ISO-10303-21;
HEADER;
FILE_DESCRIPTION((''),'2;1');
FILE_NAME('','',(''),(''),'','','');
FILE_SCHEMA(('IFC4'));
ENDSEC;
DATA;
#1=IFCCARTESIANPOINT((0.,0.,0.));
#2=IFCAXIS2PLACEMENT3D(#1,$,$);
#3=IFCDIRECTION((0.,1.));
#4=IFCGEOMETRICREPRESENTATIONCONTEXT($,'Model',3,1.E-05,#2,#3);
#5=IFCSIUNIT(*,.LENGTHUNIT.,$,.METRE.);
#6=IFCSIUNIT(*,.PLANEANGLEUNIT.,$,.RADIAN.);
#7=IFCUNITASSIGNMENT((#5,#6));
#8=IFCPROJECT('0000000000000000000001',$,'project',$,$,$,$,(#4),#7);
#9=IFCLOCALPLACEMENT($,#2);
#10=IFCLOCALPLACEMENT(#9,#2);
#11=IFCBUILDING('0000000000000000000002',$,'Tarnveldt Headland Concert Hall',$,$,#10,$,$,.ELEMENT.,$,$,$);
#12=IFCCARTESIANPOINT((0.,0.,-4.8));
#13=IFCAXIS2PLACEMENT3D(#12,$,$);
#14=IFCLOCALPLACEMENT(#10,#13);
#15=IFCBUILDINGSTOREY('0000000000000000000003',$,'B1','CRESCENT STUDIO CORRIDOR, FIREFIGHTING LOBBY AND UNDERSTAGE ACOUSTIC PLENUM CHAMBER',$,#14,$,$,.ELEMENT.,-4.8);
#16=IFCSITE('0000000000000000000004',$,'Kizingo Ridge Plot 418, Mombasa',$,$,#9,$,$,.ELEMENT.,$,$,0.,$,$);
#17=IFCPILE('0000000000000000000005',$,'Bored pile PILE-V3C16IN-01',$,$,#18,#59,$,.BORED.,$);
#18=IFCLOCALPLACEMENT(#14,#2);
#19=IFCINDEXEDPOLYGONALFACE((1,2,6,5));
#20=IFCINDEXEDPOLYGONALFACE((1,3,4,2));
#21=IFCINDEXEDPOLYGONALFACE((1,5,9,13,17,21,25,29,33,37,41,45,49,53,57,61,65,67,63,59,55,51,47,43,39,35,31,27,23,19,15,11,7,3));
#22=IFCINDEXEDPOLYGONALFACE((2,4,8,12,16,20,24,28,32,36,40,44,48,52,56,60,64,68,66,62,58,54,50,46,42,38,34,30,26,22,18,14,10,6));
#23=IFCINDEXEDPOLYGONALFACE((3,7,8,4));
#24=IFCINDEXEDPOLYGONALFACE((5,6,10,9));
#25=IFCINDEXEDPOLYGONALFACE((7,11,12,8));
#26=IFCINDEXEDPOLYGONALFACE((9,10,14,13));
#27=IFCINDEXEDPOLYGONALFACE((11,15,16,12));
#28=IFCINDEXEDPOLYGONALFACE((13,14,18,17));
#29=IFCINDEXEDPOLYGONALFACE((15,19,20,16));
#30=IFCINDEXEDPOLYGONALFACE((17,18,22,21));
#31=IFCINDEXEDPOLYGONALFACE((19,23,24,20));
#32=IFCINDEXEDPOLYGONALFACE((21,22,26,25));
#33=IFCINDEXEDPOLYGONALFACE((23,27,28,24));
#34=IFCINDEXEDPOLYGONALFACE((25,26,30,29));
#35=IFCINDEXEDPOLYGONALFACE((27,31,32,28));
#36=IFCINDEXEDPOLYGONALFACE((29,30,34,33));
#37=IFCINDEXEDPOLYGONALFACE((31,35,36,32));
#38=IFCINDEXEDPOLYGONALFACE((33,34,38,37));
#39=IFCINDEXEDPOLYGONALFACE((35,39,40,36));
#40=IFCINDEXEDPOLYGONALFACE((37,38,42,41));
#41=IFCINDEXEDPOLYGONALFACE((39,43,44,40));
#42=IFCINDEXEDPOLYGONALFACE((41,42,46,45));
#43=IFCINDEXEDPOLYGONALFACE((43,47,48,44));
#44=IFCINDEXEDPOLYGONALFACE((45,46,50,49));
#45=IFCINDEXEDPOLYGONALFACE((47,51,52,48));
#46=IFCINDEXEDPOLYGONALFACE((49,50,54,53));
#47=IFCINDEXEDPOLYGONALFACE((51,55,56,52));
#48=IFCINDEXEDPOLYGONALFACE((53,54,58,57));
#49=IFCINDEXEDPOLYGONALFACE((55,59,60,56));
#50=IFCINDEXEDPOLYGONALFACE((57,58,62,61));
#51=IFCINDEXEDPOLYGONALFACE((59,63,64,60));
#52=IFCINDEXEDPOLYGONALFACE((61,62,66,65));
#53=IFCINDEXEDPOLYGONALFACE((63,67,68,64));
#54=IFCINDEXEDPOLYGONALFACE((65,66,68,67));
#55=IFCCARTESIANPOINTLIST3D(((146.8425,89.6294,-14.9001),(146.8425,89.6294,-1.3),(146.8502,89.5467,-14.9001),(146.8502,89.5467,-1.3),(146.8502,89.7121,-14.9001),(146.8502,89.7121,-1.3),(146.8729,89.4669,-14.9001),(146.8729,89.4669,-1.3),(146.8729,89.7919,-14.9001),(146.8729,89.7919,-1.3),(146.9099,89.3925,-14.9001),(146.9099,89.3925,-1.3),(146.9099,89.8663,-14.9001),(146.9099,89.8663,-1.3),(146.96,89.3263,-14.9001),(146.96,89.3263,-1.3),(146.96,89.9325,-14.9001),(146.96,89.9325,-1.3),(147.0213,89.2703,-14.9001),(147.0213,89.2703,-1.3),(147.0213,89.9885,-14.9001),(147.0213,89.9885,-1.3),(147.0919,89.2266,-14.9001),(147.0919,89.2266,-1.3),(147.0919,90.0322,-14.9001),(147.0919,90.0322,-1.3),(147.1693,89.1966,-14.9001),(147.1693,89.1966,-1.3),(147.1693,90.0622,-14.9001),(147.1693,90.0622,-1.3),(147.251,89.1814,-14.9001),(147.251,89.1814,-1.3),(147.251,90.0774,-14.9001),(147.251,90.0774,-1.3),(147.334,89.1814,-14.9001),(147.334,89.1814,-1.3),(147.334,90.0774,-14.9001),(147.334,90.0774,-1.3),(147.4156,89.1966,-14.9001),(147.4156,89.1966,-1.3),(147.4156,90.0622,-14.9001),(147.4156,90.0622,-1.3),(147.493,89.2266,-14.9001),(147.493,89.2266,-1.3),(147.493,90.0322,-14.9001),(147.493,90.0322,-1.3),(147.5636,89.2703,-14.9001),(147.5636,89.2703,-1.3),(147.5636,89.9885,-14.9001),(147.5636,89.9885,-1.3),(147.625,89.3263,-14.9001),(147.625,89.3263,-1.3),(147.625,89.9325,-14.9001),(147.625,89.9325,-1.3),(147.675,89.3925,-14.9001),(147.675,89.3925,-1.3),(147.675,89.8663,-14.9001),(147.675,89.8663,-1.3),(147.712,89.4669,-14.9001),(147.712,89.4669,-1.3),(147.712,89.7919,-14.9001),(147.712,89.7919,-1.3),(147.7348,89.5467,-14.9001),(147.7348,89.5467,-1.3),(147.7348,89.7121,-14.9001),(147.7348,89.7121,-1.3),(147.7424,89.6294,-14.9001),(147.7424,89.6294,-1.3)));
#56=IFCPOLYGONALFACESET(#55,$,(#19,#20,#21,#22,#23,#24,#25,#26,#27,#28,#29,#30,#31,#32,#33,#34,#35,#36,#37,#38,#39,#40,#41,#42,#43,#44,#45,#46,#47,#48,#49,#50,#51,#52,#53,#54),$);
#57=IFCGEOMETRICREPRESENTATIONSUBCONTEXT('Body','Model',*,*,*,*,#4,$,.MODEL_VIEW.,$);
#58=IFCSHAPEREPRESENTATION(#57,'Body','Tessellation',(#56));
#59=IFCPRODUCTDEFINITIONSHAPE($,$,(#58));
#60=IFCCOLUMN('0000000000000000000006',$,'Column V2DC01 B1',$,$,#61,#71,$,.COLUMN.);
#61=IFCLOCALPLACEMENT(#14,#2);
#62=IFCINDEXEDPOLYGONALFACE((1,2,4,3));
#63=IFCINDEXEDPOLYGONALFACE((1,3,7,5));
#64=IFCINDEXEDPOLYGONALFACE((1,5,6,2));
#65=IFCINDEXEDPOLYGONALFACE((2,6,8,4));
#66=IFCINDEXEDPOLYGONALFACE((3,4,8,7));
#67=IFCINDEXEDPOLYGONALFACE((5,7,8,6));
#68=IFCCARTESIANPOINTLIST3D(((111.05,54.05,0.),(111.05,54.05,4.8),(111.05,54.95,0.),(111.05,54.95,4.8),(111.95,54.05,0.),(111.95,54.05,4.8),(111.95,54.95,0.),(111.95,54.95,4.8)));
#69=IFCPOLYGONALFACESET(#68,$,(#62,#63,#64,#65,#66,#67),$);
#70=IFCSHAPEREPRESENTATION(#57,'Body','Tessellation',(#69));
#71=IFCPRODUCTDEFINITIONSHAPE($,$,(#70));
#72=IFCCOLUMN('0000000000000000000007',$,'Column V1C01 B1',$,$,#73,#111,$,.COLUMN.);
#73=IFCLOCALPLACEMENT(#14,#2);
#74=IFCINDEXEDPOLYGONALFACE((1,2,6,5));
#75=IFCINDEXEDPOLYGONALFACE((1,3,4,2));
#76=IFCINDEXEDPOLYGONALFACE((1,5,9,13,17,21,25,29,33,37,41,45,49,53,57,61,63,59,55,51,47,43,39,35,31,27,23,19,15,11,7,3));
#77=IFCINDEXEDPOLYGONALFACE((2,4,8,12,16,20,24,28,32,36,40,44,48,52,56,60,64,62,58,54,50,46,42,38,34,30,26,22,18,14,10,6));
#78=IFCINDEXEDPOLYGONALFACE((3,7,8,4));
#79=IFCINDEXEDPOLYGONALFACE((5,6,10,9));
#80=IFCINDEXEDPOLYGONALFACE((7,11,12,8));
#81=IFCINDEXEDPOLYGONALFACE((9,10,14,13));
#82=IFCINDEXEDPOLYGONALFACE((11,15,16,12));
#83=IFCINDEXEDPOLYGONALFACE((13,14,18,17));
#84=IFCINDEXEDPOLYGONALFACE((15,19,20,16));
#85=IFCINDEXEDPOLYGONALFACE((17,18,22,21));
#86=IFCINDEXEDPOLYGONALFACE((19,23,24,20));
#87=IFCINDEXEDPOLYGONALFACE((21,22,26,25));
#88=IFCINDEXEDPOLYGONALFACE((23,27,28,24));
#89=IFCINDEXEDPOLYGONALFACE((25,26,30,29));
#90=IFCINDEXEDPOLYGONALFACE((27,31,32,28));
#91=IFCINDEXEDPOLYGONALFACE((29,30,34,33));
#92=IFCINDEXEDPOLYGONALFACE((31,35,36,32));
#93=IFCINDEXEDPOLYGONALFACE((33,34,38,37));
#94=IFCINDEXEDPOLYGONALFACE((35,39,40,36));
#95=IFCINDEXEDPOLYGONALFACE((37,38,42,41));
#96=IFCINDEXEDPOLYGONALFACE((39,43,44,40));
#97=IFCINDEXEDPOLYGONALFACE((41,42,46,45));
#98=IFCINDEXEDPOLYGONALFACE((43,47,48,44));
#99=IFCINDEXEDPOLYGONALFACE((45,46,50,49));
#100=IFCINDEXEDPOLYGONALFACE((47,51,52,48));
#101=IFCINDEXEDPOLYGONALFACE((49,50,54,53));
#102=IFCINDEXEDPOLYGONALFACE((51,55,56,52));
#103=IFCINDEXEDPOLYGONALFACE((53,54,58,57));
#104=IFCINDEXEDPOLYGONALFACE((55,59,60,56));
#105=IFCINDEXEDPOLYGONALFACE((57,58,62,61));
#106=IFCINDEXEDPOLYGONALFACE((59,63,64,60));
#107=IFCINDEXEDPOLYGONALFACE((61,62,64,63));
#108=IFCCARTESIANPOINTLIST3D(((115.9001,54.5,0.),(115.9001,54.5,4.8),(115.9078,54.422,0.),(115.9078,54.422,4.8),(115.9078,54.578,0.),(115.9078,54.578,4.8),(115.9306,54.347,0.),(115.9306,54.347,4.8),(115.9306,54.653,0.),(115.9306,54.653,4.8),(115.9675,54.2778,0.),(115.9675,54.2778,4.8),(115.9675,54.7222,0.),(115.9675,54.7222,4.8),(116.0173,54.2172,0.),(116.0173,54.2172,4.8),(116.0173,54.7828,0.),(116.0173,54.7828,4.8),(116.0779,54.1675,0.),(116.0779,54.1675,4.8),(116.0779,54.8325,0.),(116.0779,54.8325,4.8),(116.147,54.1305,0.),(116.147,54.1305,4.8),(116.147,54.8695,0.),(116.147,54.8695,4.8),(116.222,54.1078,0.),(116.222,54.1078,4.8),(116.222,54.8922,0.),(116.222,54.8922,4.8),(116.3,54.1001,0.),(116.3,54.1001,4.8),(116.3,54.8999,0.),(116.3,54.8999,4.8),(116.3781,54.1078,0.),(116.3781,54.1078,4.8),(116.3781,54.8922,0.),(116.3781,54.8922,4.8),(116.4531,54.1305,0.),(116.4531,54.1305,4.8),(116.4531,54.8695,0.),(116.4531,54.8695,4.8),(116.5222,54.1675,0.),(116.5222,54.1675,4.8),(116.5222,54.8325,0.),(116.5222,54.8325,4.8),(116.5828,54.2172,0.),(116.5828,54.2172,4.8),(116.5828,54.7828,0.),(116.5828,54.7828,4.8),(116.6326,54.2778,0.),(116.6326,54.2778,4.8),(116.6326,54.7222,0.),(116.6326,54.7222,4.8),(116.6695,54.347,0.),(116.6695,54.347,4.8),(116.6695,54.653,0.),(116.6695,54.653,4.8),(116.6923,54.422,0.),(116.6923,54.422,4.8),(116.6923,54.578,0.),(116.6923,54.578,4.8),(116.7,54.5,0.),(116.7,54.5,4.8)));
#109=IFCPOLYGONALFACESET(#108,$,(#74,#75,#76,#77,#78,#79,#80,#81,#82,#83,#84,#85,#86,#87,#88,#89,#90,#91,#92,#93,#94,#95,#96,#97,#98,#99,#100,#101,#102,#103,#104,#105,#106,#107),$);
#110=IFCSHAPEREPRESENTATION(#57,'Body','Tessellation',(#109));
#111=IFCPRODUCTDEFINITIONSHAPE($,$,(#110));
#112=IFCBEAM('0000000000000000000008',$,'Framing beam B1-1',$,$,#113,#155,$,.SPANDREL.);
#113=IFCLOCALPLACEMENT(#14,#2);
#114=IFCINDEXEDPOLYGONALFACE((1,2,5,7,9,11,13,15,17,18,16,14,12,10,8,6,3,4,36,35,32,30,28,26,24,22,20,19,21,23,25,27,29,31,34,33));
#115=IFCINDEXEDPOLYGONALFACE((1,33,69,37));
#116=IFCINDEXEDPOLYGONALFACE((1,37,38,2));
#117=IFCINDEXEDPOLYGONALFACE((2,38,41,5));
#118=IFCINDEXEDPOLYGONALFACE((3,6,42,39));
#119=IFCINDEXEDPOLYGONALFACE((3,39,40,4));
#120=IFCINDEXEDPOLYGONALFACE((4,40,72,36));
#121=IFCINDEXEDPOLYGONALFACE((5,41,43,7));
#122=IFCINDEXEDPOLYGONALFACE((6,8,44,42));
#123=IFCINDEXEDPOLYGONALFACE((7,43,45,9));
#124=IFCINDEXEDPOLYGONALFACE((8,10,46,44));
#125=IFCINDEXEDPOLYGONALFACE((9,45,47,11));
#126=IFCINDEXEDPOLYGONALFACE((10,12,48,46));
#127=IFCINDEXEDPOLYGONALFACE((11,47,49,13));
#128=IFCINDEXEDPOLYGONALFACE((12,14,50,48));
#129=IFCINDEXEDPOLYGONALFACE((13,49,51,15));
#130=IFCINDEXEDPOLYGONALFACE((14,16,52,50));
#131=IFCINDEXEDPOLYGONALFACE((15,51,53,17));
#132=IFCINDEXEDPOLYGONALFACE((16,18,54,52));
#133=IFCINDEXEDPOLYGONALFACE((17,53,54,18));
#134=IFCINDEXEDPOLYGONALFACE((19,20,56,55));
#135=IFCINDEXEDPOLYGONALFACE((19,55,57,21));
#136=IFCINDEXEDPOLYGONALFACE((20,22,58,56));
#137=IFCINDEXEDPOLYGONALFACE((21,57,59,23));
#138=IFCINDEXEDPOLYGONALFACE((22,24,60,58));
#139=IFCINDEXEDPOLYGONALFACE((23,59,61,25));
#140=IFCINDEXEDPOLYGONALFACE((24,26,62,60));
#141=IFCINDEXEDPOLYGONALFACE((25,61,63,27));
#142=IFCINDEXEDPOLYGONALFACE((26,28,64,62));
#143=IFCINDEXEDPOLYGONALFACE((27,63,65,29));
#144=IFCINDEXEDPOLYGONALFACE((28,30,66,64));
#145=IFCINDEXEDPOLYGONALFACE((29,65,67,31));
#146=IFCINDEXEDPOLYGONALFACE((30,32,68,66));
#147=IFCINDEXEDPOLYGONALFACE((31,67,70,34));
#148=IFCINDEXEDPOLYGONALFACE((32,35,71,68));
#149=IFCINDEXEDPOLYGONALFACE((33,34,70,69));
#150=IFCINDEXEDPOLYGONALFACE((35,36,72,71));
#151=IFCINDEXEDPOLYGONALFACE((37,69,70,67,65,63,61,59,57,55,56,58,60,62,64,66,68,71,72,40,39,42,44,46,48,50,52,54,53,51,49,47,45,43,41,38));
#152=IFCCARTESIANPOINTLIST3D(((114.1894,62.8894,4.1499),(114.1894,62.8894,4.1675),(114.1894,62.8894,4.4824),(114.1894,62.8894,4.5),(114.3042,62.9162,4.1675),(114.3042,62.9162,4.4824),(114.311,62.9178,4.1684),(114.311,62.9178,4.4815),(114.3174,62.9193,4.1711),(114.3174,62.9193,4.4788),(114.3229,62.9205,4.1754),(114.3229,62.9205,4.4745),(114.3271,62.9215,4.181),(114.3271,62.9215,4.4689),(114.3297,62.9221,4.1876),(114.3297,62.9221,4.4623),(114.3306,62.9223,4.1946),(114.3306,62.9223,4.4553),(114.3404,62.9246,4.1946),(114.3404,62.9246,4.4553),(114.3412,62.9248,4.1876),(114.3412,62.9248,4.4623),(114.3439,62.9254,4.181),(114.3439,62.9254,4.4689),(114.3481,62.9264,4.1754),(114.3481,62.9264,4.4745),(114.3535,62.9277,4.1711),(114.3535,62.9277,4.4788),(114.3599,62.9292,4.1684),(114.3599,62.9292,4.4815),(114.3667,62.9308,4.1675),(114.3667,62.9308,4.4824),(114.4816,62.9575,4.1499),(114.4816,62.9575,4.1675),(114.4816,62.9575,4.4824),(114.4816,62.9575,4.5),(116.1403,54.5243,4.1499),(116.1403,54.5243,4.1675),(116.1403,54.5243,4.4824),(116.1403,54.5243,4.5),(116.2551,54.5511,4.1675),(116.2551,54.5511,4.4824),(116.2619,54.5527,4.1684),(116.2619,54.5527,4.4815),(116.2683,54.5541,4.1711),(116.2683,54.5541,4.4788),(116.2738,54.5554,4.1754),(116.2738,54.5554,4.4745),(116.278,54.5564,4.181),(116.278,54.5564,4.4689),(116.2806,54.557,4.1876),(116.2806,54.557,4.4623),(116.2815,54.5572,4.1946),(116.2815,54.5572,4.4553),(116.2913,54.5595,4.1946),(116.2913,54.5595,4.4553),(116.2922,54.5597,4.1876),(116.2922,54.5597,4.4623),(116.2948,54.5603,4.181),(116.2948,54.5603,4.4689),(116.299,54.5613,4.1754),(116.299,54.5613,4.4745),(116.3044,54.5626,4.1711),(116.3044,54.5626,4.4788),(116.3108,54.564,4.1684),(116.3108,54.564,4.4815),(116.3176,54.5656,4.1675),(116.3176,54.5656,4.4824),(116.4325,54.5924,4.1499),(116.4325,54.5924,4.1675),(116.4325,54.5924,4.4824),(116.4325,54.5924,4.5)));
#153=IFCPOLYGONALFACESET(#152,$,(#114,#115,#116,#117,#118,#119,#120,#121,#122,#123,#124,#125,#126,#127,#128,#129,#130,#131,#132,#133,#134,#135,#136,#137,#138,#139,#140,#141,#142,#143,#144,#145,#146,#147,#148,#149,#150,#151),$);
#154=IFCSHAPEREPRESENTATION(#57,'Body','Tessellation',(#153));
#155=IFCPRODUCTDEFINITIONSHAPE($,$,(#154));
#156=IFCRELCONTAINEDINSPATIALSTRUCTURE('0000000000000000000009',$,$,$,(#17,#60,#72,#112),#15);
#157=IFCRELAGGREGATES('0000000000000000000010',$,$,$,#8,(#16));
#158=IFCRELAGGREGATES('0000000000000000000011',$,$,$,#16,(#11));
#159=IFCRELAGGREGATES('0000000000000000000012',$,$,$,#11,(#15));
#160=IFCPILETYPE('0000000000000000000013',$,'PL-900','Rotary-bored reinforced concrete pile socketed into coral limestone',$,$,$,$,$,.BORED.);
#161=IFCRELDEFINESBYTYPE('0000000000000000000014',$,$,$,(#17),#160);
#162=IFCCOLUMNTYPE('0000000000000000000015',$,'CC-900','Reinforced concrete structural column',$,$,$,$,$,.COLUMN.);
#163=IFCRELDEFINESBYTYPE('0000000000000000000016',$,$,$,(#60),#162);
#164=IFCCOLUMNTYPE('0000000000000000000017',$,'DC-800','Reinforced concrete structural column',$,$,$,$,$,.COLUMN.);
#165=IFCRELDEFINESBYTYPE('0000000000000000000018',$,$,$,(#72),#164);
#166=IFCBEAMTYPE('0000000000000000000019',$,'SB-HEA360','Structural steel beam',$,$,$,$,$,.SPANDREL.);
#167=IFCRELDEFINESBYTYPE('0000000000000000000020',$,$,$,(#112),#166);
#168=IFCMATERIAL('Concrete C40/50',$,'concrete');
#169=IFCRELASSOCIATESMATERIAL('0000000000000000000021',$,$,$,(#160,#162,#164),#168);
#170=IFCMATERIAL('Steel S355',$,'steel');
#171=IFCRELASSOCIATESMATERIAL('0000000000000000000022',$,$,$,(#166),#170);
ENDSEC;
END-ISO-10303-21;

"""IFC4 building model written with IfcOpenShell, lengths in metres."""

from ifc_helpers import new_model, si_unit, direction, frame, origin, origin_2d, place, context, subcontext, project, spatial, rectangle, circle, i_section, extrude, material, material_profile, profile_set, type_object, element, save


model = new_model("IFC4")

# Units and contexts
model_context = context("Model", 3, precision=1e-05, world=origin(), true_north=direction((0.0, 1.0)))
body_context = subcontext(model_context, "Body", "Model", "MODEL_VIEW")
ifc_project = project(units=[si_unit("LENGTHUNIT", "METRE"), si_unit("PLANEANGLEUNIT", "RADIAN")], contexts=[model_context])

# Site, building, storey
site_placement = place(None, origin())
site = spatial("IfcSite", under=ifc_project, at=site_placement, Name="Kizingo Ridge Plot 418, Mombasa", CompositionType="ELEMENT", RefElevation=0.0)
building_placement = place(site_placement, origin())
building = spatial("IfcBuilding", under=site, at=building_placement, Name="Tarnveldt Headland Concert Hall", CompositionType="ELEMENT")
storey_placement = place(building_placement, frame((0.0, 0.0, -4.8)))
storey = spatial("IfcBuildingStorey", under=building, at=storey_placement, Name="B1", Description="CRESCENT STUDIO CORRIDOR, FIREFIGHTING LOBBY AND UNDERSTAGE ACOUSTIC PLENUM CHAMBER", CompositionType="ELEMENT", Elevation=-4.8)

# Shared definitions
ifc_material_1 = material(Name="Concrete C40/50", Category="concrete")

# Pile
ifc_material_profile_1 = material_profile(ifc_material_1, circle(Radius=0.45, at=origin_2d()), Name="BORED PILE D900", Category="concrete")
ifc_profile_set_1 = profile_set([ifc_material_profile_1], Name="Concrete C40/50")
pile_type_1 = type_object("IfcPileType", Name="PL-900", Description="Rotary-bored reinforced concrete pile socketed into coral limestone", PredefinedType="BORED", material=ifc_profile_set_1)
pile_1_placement = place(storey_placement, frame((147.2925, 89.6294, -1.3), z_axis=(0.0, 0.0, -1.0), x_axis=(1.0, 0.0, 0.0)))
element("IfcPile", 1, at=pile_1_placement, inside=storey, type_object=pile_type_1, Name="Bored pile PILE-V3C16IN-01", PredefinedType="BORED", context=body_context, shape_type="SweptSolid", body=[
    extrude(circle(Radius=0.45, at=origin_2d()), origin(), (0.0, 0.0, 1.0), 13.6001),
])

# Columns
ifc_material_profile_2 = material_profile(ifc_material_1, rectangle(XDim=0.8999, YDim=0.8999, at=origin_2d()), Name="RC 900x900", Category="concrete")
ifc_profile_set_2 = profile_set([ifc_material_profile_2], Name="Concrete C40/50")
column_type_1 = type_object("IfcColumnType", Name="CC-900", Description="Reinforced concrete structural column", PredefinedType="COLUMN", material=ifc_profile_set_2)
column_placement = place(storey_placement, frame((111.5, 54.5, 0.0), z_axis=(0.0, 0.0, 1.0), x_axis=(1.0, 0.0, 0.0)))
element("IfcColumn", 2, at=column_placement, inside=storey, type_object=column_type_1, Name="Column V2DC01 B1", PredefinedType="COLUMN", context=body_context, shape_type="SweptSolid", body=[
    extrude(rectangle(XDim=0.8999, YDim=0.8999, at=origin_2d()), origin(), (0.0, 0.0, 1.0), 4.8),
])
ifc_material_profile_3 = material_profile(ifc_material_1, circle(Radius=0.3999, at=origin_2d()), Name="RC D800", Category="concrete")
ifc_profile_set_3 = profile_set([ifc_material_profile_3], Name="Concrete C40/50")
column_type_2 = type_object("IfcColumnType", Name="DC-800", Description="Reinforced concrete structural column", PredefinedType="COLUMN", material=ifc_profile_set_3)
for number, where, z_axis, x_axis, name in (
    (3, (116.3, 54.5, 0.0), (0.0, 0.0, 1.0), (1.0, 0.0, 0.0), "Column V1C01 B1"),
):
    element("IfcColumn", number, at=place(storey_placement, frame(where, z_axis=z_axis, x_axis=x_axis)), inside=storey, type_object=column_type_2, Name=name, PredefinedType="COLUMN", context=body_context, shape_type="SweptSolid", body=[
        extrude(circle(Radius=0.3999, at=origin_2d()), origin(), (0.0, 0.0, 1.0), 4.8),
    ])

# Beam
ifc_material_2 = material(Name="Steel S355", Category="steel")
ifc_material_profile_4 = material_profile(ifc_material_2, i_section(OverallWidth=0.3, OverallDepth=0.3501, WebThickness=0.01, FlangeThickness=0.0176, FilletRadius=0.0271, at=origin_2d()), Name="HEA360", Category="steel")
ifc_profile_set_4 = profile_set([ifc_material_profile_4], Name="Steel S355")
beam_type_1 = type_object("IfcBeamType", Name="SB-HEA360", Description="Structural steel beam", PredefinedType="SPANDREL", material=ifc_profile_set_4)
beam_1_placement = place(storey_placement, frame((116.2864, 54.5583, 4.325), z_axis=(-0.227124, 0.973866, 0.0), x_axis=(-0.973866, -0.227124, 0.0)))
element("IfcBeam", 4, at=beam_1_placement, inside=storey, type_object=beam_type_1, Name="Framing beam B1-1", PredefinedType="SPANDREL", context=body_context, shape_type="SweptSolid", body=[
    extrude(i_section(OverallWidth=0.3, OverallDepth=0.3501, WebThickness=0.01, FlangeThickness=0.0176, FilletRadius=0.0271, at=origin_2d()), origin(), (0.0, 0.0, 1.0), 8.5896),
])

save(model, "model.ifc")
